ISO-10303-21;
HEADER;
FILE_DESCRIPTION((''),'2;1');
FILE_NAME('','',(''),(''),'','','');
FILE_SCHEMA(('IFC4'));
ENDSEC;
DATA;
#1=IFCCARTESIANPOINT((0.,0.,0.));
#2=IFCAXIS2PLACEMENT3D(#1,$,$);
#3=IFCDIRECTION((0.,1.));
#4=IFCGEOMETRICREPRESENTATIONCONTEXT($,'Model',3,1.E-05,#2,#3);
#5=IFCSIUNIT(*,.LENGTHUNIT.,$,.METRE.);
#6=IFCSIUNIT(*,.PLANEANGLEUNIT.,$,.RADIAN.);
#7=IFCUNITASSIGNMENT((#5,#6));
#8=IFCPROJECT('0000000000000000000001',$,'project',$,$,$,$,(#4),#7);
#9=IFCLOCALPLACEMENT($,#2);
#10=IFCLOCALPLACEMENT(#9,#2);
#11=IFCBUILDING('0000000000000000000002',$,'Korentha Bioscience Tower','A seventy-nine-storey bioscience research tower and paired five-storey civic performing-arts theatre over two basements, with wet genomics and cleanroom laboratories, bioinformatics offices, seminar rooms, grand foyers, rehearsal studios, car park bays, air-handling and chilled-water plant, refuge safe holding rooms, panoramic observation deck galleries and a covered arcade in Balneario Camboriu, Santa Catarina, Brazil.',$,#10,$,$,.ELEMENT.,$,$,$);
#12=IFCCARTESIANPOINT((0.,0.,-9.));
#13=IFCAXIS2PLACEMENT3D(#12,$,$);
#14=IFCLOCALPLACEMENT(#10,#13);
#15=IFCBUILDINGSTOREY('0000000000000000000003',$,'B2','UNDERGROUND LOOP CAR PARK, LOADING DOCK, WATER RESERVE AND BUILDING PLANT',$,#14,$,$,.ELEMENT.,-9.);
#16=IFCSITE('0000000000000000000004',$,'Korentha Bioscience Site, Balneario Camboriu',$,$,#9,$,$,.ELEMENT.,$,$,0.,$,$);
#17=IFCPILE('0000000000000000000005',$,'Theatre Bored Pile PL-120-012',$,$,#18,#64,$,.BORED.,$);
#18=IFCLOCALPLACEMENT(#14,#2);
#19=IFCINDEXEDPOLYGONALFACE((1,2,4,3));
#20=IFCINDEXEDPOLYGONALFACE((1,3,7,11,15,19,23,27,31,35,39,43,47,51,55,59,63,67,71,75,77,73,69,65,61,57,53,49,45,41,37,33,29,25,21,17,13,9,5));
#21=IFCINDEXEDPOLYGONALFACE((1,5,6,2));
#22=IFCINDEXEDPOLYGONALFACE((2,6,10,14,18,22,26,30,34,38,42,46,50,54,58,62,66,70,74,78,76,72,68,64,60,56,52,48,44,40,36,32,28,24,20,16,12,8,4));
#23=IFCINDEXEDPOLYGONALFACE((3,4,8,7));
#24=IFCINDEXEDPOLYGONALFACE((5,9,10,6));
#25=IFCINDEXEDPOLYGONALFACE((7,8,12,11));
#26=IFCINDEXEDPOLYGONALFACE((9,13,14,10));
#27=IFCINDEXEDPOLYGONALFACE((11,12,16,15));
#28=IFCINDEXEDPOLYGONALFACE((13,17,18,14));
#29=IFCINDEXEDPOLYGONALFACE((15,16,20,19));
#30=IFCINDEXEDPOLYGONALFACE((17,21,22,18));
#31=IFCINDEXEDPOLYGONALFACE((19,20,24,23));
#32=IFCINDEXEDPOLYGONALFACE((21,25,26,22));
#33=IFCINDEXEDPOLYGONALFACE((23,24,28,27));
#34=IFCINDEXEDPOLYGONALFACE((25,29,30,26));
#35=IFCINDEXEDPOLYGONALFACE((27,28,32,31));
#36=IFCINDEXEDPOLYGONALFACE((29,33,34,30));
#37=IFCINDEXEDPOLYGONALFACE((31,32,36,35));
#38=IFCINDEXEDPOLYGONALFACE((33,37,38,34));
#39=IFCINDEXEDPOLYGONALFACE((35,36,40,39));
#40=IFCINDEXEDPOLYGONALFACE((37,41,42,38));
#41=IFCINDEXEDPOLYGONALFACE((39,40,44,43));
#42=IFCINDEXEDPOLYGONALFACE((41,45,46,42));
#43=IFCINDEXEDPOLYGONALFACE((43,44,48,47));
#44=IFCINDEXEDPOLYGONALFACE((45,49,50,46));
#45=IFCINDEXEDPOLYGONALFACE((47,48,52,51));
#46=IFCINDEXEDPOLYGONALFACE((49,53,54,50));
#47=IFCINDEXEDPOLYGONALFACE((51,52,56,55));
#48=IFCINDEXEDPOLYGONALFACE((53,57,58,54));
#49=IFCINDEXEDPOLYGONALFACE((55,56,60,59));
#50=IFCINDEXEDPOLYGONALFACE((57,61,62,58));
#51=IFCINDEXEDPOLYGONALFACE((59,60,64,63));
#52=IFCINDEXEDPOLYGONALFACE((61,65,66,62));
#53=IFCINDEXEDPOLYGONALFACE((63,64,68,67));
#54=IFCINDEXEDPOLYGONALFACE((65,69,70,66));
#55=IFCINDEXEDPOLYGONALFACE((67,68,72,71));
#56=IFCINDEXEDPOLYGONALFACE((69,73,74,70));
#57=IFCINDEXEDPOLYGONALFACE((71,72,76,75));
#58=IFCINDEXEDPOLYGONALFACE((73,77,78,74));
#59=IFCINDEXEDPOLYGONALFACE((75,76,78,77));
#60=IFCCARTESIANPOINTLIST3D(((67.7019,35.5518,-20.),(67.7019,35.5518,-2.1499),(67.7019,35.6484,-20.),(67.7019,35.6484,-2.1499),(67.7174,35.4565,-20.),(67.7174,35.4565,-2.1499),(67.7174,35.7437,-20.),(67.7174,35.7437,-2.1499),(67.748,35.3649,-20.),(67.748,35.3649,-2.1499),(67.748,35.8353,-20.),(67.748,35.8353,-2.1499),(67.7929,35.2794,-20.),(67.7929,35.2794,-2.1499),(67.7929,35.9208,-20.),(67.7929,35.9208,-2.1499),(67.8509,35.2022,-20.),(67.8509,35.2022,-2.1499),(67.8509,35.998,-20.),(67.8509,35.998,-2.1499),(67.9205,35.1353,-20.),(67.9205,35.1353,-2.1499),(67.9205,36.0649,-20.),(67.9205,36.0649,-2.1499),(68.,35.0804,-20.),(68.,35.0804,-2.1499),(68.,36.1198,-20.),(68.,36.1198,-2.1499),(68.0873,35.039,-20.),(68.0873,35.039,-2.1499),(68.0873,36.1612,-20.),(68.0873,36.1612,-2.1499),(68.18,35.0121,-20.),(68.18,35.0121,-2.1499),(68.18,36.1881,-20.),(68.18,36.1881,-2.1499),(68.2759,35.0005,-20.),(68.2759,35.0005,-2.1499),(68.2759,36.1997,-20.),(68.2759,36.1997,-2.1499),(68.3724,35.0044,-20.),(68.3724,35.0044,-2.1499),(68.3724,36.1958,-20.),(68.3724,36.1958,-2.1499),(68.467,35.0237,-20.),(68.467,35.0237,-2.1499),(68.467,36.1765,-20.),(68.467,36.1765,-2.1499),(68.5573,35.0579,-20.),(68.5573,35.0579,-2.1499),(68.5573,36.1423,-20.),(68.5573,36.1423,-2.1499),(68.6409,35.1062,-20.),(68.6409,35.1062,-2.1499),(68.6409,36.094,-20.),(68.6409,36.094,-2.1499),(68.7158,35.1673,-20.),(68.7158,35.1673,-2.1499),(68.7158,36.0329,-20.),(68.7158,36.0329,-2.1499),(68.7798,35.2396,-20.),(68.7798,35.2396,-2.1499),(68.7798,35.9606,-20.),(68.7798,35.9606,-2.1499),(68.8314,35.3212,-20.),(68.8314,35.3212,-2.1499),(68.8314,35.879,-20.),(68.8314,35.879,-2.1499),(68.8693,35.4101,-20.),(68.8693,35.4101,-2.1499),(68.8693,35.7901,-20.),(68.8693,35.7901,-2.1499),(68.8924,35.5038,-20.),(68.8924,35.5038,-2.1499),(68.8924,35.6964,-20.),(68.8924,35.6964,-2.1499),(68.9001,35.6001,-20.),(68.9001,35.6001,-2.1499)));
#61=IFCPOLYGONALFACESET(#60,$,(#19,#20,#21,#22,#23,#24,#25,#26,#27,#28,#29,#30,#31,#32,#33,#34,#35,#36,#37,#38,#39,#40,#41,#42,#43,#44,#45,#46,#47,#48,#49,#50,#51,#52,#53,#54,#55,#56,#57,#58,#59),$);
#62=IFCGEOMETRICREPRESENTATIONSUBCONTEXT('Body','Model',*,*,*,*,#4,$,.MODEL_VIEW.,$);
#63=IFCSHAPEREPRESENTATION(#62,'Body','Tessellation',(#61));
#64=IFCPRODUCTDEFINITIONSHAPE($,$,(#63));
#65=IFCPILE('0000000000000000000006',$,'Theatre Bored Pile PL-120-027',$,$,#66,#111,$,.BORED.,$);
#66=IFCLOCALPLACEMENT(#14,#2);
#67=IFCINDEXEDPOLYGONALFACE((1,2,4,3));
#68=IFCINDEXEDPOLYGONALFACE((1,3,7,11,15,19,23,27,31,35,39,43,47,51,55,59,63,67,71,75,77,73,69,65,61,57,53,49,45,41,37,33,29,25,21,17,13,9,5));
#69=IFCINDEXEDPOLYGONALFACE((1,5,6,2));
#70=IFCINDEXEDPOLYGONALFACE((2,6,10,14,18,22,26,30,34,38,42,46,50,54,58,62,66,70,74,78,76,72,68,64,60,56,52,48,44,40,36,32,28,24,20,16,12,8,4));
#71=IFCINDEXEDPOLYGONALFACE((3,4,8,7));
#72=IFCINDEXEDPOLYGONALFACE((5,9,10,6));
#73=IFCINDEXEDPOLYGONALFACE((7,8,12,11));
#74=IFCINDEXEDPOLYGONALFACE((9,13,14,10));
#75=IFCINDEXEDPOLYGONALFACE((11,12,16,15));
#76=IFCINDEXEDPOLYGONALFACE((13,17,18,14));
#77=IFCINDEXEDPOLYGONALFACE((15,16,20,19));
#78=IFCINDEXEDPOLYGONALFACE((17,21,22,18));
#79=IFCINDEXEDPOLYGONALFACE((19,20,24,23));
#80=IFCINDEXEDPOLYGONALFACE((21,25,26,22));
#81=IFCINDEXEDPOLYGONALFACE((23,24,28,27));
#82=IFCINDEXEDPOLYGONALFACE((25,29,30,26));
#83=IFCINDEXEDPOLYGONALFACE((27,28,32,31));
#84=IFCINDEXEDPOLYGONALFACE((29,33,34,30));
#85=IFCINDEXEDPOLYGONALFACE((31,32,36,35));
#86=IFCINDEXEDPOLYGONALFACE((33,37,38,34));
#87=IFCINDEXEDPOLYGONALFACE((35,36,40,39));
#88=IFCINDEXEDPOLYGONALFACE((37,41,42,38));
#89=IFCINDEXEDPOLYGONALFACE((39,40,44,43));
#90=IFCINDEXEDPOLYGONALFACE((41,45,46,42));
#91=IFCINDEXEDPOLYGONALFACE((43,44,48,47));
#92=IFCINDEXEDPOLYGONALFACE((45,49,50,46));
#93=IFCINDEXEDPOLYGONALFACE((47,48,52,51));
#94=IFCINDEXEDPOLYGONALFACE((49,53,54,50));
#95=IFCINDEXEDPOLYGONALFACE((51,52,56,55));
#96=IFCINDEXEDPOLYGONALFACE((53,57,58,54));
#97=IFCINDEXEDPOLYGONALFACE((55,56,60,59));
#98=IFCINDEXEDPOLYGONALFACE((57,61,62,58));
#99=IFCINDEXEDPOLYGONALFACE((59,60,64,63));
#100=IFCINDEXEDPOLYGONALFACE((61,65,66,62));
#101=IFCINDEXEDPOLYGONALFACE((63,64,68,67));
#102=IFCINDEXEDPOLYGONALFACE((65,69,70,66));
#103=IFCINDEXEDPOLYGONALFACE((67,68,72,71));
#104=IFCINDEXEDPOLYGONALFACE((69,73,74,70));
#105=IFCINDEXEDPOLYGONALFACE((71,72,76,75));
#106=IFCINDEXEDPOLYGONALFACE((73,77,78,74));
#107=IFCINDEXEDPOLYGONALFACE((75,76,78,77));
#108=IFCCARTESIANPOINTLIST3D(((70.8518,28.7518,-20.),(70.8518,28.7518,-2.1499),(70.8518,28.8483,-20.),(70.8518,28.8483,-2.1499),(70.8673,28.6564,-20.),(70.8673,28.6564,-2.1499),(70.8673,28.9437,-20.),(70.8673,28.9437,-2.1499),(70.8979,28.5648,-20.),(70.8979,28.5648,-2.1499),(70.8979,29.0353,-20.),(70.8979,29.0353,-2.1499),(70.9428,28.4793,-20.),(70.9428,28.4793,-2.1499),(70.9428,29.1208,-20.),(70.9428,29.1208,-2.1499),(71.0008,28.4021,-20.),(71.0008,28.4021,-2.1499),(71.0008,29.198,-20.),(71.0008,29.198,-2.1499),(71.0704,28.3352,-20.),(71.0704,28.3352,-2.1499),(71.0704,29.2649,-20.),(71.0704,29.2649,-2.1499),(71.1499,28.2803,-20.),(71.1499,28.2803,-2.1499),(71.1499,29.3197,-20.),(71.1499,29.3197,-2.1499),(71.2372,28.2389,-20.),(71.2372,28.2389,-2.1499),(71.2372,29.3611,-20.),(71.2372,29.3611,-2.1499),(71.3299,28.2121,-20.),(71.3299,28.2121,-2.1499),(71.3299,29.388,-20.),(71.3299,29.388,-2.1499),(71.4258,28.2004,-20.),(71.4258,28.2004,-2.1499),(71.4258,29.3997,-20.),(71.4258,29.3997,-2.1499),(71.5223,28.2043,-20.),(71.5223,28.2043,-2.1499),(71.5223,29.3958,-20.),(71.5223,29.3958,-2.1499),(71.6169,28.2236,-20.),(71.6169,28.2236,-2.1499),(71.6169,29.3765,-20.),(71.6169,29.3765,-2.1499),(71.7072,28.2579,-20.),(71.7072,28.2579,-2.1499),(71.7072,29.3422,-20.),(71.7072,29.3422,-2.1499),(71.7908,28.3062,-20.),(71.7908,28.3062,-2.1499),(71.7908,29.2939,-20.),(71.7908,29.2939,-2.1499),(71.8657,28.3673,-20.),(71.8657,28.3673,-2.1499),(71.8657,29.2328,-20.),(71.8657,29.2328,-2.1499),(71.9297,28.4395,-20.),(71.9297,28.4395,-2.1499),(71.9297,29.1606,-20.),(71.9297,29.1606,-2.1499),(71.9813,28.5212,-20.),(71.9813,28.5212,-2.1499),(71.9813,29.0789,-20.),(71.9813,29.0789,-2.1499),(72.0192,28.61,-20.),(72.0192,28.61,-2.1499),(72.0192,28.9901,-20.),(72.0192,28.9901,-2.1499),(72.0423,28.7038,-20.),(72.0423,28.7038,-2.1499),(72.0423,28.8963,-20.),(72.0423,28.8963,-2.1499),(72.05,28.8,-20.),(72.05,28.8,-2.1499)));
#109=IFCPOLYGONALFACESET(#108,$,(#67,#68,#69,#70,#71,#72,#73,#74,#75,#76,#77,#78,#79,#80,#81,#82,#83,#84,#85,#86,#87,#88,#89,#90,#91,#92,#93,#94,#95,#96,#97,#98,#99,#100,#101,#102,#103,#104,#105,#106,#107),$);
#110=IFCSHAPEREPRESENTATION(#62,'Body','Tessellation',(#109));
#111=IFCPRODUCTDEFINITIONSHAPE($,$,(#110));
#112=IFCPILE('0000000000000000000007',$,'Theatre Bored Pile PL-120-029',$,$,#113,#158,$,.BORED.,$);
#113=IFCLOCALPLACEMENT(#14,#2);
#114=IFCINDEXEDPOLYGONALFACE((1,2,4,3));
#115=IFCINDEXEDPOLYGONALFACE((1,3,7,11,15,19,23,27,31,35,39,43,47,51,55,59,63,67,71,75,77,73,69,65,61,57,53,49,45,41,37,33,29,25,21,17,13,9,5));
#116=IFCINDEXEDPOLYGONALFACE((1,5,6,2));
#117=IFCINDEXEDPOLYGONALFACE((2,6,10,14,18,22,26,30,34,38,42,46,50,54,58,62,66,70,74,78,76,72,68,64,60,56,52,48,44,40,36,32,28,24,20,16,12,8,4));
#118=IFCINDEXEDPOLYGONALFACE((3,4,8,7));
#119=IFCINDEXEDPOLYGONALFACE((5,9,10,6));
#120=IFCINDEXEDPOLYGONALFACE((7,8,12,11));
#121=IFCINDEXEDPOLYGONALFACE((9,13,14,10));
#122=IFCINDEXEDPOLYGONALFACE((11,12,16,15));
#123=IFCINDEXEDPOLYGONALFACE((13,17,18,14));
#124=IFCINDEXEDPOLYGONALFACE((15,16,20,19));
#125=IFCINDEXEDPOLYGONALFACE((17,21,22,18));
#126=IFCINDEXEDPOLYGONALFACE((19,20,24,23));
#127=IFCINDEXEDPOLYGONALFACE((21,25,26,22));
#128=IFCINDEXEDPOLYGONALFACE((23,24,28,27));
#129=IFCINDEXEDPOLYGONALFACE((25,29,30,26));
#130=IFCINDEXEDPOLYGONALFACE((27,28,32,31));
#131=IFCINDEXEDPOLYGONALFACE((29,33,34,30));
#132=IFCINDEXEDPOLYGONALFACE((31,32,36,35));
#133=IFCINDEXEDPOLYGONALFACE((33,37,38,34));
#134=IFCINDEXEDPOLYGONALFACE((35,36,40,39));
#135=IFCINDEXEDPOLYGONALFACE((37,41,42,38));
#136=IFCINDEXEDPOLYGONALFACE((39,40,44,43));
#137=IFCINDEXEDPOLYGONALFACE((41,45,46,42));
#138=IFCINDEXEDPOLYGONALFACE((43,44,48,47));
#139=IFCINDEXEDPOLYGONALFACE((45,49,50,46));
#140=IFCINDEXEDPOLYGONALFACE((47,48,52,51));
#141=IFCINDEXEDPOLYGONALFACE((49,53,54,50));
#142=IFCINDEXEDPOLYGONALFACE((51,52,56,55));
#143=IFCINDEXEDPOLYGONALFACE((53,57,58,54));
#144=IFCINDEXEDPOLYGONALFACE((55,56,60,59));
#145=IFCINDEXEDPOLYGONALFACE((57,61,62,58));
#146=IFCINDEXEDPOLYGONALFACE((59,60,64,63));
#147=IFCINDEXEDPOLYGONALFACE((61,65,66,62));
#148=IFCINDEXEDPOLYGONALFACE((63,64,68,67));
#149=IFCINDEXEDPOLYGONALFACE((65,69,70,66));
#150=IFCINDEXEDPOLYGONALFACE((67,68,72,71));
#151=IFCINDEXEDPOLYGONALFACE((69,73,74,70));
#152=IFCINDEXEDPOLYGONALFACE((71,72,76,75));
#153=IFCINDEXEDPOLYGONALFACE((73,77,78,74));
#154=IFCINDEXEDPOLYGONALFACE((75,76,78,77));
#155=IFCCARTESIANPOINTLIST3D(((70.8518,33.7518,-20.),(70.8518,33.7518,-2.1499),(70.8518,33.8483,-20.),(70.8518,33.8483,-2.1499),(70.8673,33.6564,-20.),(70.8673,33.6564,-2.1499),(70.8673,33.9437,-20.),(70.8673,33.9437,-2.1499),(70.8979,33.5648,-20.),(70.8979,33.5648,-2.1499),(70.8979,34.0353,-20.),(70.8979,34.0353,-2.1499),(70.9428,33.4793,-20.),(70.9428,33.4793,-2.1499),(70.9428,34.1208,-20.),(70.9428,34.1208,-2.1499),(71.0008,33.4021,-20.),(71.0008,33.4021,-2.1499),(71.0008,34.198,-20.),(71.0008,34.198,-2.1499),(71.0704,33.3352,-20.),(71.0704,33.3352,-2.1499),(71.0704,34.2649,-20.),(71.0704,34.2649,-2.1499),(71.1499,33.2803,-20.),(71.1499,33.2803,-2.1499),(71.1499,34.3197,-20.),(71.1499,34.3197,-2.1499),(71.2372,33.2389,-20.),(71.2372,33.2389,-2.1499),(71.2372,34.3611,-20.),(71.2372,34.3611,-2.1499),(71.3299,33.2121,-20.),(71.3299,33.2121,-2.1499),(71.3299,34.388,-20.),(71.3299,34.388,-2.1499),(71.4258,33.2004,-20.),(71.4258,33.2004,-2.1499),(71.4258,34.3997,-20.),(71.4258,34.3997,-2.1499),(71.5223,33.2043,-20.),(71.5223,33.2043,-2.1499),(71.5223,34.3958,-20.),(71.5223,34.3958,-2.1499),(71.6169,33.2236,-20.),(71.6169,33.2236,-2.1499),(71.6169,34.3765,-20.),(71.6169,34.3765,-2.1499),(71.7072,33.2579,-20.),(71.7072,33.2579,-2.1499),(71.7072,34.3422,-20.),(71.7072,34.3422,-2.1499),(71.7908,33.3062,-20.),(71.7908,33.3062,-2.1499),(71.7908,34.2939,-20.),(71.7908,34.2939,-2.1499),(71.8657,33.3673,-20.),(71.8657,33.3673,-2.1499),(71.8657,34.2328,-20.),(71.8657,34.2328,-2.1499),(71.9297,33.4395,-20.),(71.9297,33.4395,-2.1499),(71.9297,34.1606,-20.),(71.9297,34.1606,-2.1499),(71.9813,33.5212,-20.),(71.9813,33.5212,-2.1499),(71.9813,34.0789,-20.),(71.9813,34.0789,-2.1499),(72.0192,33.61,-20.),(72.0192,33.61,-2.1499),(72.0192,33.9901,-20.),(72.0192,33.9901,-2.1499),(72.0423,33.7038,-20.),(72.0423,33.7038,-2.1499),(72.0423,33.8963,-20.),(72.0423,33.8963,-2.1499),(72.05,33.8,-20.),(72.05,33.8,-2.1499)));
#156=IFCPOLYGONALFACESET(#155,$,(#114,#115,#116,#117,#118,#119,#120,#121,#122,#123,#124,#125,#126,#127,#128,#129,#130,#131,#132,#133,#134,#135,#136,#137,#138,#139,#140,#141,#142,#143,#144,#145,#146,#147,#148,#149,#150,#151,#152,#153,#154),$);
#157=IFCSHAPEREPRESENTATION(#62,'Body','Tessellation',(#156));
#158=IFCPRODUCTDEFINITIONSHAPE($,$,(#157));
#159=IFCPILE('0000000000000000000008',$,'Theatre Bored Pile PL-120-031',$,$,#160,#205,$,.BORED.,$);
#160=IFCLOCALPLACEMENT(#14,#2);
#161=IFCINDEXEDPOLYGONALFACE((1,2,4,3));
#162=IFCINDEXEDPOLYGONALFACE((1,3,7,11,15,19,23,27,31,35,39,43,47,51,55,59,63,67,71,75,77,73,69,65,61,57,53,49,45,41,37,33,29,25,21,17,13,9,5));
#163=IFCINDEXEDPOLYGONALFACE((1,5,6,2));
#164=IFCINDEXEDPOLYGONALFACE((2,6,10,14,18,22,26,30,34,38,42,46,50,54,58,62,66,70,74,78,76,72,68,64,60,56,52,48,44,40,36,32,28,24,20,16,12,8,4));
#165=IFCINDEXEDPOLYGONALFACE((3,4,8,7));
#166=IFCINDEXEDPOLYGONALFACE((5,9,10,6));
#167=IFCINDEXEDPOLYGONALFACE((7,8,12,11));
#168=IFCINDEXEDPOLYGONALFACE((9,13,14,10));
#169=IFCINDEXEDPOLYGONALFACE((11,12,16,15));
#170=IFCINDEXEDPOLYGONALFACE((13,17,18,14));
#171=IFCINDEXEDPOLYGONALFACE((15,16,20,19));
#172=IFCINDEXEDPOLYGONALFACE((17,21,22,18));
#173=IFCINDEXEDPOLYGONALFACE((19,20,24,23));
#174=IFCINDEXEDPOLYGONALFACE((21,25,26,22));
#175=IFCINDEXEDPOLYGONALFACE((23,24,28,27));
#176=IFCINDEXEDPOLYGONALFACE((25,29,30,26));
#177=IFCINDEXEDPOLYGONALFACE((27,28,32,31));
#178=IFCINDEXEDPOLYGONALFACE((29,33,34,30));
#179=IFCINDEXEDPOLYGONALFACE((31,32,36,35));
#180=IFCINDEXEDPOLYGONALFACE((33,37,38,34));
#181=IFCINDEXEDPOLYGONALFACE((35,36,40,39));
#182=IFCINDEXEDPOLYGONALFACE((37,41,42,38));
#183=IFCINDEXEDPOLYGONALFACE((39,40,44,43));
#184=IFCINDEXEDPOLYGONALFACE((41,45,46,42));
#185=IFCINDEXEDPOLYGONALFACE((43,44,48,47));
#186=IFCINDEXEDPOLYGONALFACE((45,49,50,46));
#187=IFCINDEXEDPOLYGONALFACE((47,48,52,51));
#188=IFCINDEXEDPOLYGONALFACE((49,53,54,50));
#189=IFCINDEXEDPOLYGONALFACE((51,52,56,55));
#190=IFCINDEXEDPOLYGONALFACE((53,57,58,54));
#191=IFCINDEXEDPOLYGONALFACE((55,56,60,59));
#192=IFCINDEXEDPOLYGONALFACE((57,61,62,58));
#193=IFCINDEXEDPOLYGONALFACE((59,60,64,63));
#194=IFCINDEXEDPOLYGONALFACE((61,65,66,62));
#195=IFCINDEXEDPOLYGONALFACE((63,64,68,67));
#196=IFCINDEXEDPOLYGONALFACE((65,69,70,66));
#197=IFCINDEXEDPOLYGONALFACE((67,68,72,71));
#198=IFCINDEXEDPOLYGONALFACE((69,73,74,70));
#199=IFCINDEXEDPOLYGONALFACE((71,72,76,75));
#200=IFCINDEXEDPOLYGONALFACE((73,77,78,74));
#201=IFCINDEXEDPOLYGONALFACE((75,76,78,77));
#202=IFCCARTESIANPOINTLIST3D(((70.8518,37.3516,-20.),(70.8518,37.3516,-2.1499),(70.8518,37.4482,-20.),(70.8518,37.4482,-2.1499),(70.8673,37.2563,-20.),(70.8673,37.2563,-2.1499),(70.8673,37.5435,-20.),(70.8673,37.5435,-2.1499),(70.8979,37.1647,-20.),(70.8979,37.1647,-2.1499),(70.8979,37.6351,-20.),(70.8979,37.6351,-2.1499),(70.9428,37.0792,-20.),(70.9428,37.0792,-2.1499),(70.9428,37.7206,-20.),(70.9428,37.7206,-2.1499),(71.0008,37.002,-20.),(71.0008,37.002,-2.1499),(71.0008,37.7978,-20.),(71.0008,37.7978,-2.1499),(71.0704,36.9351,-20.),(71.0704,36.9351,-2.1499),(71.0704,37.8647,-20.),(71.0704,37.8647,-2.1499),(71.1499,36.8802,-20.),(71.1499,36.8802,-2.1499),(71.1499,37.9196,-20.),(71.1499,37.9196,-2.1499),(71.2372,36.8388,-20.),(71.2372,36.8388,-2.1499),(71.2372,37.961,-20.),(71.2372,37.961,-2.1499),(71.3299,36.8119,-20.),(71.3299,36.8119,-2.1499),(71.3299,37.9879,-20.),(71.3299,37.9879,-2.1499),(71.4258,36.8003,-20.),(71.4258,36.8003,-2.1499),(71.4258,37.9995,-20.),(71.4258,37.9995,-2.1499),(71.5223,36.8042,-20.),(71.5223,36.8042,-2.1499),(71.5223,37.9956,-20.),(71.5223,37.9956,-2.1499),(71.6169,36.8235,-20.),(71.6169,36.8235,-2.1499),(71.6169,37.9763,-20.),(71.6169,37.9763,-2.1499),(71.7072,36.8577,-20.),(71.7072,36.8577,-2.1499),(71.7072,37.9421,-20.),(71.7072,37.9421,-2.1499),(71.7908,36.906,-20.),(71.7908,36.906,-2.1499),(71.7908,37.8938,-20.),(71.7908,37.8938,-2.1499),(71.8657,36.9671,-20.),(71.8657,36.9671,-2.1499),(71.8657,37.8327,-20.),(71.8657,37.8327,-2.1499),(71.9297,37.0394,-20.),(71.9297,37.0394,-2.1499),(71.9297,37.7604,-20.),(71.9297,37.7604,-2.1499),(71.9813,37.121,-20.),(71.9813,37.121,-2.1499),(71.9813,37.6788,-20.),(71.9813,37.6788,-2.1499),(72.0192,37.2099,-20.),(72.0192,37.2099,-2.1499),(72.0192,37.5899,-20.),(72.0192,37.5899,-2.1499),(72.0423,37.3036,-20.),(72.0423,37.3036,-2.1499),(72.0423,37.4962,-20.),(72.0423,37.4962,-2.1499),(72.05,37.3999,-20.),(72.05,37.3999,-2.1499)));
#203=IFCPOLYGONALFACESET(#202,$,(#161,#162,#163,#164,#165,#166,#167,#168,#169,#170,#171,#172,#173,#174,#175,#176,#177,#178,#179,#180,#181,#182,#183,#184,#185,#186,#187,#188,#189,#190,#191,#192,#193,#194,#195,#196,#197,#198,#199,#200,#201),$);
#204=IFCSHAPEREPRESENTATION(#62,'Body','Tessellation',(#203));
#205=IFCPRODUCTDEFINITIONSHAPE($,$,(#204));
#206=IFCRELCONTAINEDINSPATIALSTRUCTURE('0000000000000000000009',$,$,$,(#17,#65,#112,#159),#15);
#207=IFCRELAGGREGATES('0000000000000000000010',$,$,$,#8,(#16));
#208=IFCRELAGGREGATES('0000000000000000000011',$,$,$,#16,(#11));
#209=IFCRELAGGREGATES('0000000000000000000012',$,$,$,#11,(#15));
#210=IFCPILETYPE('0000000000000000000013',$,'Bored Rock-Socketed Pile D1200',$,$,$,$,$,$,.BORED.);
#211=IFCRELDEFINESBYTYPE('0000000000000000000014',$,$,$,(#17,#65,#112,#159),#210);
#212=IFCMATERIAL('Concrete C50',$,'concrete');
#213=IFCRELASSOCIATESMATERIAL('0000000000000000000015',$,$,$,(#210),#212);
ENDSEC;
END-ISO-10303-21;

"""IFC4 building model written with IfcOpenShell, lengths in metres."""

from ifc_helpers import new_model, si_unit, direction, frame, origin, origin_2d, place, context, subcontext, project, spatial, circle, extrude, material, material_profile, profile_set, type_object, element, save


model = new_model("IFC4")

# Units and contexts
model_context = context("Model", 3, precision=1e-05, world=origin(), true_north=direction((0.0, 1.0)))
body_context = subcontext(model_context, "Body", "Model", "MODEL_VIEW")
ifc_project = project(units=[si_unit("LENGTHUNIT", "METRE"), si_unit("PLANEANGLEUNIT", "RADIAN")], contexts=[model_context])

# Site, building, storey
site_placement = place(None, origin())
site = spatial("IfcSite", under=ifc_project, at=site_placement, Name="Korentha Bioscience Site, Balneario Camboriu", CompositionType="ELEMENT", RefElevation=0.0)
building_placement = place(site_placement, origin())
building = spatial("IfcBuilding", under=site, at=building_placement, Name="Korentha Bioscience Tower", Description="A seventy-nine-storey bioscience research tower and paired five-storey civic performing-arts theatre over two basements, with wet genomics and cleanroom laboratories, bioinformatics offices, seminar rooms, grand foyers, rehearsal studios, car park bays, air-handling and chilled-water plant, refuge safe holding rooms, panoramic observation deck galleries and a covered arcade in Balneario Camboriu, Santa Catarina, Brazil.", CompositionType="ELEMENT")
storey_placement = place(building_placement, frame((0.0, 0.0, -9.0)))
storey = spatial("IfcBuildingStorey", under=building, at=storey_placement, Name="B2", Description="UNDERGROUND LOOP CAR PARK, LOADING DOCK, WATER RESERVE AND BUILDING PLANT", CompositionType="ELEMENT", Elevation=-9.0)

# Shared definitions
ifc_material_1 = material(Name="Concrete C50", Category="concrete")

# Piles
ifc_material_profile_1 = material_profile(ifc_material_1, circle(Radius=0.6001, at=origin_2d()), Name="Concrete C50")
ifc_profile_set_1 = profile_set([ifc_material_profile_1], Name="Concrete C50 (PL-120)")
pile_type = type_object("IfcPileType", Name="Bored Rock-Socketed Pile D1200", PredefinedType="BORED", material=ifc_profile_set_1)
for number, where, z_axis, x_axis, name in (
    (1, (68.3, 35.6001, -2.1499), (0.0, 0.0, -1.0), (1.0, 0.0, 0.0), "Theatre Bored Pile PL-120-012"),
    (2, (71.45, 28.8, -2.1499), (0.0, 0.0, -1.0), (1.0, 0.0, 0.0), "Theatre Bored Pile PL-120-027"),
    (3, (71.45, 33.8, -2.1499), (0.0, 0.0, -1.0), (1.0, 0.0, 0.0), "Theatre Bored Pile PL-120-029"),
    (4, (71.45, 37.3999, -2.1499), (0.0, 0.0, -1.0), (1.0, 0.0, 0.0), "Theatre Bored Pile PL-120-031"),
):
    element("IfcPile", number, at=place(storey_placement, frame(where, z_axis=z_axis, x_axis=x_axis)), inside=storey, type_object=pile_type, Name=name, PredefinedType="BORED", context=body_context, shape_type="SweptSolid", body=[
        extrude(circle(Radius=0.6001, at=origin_2d()), origin(), (0.0, 0.0, 1.0), 17.8501),
    ])

save(model, "model.ifc")
